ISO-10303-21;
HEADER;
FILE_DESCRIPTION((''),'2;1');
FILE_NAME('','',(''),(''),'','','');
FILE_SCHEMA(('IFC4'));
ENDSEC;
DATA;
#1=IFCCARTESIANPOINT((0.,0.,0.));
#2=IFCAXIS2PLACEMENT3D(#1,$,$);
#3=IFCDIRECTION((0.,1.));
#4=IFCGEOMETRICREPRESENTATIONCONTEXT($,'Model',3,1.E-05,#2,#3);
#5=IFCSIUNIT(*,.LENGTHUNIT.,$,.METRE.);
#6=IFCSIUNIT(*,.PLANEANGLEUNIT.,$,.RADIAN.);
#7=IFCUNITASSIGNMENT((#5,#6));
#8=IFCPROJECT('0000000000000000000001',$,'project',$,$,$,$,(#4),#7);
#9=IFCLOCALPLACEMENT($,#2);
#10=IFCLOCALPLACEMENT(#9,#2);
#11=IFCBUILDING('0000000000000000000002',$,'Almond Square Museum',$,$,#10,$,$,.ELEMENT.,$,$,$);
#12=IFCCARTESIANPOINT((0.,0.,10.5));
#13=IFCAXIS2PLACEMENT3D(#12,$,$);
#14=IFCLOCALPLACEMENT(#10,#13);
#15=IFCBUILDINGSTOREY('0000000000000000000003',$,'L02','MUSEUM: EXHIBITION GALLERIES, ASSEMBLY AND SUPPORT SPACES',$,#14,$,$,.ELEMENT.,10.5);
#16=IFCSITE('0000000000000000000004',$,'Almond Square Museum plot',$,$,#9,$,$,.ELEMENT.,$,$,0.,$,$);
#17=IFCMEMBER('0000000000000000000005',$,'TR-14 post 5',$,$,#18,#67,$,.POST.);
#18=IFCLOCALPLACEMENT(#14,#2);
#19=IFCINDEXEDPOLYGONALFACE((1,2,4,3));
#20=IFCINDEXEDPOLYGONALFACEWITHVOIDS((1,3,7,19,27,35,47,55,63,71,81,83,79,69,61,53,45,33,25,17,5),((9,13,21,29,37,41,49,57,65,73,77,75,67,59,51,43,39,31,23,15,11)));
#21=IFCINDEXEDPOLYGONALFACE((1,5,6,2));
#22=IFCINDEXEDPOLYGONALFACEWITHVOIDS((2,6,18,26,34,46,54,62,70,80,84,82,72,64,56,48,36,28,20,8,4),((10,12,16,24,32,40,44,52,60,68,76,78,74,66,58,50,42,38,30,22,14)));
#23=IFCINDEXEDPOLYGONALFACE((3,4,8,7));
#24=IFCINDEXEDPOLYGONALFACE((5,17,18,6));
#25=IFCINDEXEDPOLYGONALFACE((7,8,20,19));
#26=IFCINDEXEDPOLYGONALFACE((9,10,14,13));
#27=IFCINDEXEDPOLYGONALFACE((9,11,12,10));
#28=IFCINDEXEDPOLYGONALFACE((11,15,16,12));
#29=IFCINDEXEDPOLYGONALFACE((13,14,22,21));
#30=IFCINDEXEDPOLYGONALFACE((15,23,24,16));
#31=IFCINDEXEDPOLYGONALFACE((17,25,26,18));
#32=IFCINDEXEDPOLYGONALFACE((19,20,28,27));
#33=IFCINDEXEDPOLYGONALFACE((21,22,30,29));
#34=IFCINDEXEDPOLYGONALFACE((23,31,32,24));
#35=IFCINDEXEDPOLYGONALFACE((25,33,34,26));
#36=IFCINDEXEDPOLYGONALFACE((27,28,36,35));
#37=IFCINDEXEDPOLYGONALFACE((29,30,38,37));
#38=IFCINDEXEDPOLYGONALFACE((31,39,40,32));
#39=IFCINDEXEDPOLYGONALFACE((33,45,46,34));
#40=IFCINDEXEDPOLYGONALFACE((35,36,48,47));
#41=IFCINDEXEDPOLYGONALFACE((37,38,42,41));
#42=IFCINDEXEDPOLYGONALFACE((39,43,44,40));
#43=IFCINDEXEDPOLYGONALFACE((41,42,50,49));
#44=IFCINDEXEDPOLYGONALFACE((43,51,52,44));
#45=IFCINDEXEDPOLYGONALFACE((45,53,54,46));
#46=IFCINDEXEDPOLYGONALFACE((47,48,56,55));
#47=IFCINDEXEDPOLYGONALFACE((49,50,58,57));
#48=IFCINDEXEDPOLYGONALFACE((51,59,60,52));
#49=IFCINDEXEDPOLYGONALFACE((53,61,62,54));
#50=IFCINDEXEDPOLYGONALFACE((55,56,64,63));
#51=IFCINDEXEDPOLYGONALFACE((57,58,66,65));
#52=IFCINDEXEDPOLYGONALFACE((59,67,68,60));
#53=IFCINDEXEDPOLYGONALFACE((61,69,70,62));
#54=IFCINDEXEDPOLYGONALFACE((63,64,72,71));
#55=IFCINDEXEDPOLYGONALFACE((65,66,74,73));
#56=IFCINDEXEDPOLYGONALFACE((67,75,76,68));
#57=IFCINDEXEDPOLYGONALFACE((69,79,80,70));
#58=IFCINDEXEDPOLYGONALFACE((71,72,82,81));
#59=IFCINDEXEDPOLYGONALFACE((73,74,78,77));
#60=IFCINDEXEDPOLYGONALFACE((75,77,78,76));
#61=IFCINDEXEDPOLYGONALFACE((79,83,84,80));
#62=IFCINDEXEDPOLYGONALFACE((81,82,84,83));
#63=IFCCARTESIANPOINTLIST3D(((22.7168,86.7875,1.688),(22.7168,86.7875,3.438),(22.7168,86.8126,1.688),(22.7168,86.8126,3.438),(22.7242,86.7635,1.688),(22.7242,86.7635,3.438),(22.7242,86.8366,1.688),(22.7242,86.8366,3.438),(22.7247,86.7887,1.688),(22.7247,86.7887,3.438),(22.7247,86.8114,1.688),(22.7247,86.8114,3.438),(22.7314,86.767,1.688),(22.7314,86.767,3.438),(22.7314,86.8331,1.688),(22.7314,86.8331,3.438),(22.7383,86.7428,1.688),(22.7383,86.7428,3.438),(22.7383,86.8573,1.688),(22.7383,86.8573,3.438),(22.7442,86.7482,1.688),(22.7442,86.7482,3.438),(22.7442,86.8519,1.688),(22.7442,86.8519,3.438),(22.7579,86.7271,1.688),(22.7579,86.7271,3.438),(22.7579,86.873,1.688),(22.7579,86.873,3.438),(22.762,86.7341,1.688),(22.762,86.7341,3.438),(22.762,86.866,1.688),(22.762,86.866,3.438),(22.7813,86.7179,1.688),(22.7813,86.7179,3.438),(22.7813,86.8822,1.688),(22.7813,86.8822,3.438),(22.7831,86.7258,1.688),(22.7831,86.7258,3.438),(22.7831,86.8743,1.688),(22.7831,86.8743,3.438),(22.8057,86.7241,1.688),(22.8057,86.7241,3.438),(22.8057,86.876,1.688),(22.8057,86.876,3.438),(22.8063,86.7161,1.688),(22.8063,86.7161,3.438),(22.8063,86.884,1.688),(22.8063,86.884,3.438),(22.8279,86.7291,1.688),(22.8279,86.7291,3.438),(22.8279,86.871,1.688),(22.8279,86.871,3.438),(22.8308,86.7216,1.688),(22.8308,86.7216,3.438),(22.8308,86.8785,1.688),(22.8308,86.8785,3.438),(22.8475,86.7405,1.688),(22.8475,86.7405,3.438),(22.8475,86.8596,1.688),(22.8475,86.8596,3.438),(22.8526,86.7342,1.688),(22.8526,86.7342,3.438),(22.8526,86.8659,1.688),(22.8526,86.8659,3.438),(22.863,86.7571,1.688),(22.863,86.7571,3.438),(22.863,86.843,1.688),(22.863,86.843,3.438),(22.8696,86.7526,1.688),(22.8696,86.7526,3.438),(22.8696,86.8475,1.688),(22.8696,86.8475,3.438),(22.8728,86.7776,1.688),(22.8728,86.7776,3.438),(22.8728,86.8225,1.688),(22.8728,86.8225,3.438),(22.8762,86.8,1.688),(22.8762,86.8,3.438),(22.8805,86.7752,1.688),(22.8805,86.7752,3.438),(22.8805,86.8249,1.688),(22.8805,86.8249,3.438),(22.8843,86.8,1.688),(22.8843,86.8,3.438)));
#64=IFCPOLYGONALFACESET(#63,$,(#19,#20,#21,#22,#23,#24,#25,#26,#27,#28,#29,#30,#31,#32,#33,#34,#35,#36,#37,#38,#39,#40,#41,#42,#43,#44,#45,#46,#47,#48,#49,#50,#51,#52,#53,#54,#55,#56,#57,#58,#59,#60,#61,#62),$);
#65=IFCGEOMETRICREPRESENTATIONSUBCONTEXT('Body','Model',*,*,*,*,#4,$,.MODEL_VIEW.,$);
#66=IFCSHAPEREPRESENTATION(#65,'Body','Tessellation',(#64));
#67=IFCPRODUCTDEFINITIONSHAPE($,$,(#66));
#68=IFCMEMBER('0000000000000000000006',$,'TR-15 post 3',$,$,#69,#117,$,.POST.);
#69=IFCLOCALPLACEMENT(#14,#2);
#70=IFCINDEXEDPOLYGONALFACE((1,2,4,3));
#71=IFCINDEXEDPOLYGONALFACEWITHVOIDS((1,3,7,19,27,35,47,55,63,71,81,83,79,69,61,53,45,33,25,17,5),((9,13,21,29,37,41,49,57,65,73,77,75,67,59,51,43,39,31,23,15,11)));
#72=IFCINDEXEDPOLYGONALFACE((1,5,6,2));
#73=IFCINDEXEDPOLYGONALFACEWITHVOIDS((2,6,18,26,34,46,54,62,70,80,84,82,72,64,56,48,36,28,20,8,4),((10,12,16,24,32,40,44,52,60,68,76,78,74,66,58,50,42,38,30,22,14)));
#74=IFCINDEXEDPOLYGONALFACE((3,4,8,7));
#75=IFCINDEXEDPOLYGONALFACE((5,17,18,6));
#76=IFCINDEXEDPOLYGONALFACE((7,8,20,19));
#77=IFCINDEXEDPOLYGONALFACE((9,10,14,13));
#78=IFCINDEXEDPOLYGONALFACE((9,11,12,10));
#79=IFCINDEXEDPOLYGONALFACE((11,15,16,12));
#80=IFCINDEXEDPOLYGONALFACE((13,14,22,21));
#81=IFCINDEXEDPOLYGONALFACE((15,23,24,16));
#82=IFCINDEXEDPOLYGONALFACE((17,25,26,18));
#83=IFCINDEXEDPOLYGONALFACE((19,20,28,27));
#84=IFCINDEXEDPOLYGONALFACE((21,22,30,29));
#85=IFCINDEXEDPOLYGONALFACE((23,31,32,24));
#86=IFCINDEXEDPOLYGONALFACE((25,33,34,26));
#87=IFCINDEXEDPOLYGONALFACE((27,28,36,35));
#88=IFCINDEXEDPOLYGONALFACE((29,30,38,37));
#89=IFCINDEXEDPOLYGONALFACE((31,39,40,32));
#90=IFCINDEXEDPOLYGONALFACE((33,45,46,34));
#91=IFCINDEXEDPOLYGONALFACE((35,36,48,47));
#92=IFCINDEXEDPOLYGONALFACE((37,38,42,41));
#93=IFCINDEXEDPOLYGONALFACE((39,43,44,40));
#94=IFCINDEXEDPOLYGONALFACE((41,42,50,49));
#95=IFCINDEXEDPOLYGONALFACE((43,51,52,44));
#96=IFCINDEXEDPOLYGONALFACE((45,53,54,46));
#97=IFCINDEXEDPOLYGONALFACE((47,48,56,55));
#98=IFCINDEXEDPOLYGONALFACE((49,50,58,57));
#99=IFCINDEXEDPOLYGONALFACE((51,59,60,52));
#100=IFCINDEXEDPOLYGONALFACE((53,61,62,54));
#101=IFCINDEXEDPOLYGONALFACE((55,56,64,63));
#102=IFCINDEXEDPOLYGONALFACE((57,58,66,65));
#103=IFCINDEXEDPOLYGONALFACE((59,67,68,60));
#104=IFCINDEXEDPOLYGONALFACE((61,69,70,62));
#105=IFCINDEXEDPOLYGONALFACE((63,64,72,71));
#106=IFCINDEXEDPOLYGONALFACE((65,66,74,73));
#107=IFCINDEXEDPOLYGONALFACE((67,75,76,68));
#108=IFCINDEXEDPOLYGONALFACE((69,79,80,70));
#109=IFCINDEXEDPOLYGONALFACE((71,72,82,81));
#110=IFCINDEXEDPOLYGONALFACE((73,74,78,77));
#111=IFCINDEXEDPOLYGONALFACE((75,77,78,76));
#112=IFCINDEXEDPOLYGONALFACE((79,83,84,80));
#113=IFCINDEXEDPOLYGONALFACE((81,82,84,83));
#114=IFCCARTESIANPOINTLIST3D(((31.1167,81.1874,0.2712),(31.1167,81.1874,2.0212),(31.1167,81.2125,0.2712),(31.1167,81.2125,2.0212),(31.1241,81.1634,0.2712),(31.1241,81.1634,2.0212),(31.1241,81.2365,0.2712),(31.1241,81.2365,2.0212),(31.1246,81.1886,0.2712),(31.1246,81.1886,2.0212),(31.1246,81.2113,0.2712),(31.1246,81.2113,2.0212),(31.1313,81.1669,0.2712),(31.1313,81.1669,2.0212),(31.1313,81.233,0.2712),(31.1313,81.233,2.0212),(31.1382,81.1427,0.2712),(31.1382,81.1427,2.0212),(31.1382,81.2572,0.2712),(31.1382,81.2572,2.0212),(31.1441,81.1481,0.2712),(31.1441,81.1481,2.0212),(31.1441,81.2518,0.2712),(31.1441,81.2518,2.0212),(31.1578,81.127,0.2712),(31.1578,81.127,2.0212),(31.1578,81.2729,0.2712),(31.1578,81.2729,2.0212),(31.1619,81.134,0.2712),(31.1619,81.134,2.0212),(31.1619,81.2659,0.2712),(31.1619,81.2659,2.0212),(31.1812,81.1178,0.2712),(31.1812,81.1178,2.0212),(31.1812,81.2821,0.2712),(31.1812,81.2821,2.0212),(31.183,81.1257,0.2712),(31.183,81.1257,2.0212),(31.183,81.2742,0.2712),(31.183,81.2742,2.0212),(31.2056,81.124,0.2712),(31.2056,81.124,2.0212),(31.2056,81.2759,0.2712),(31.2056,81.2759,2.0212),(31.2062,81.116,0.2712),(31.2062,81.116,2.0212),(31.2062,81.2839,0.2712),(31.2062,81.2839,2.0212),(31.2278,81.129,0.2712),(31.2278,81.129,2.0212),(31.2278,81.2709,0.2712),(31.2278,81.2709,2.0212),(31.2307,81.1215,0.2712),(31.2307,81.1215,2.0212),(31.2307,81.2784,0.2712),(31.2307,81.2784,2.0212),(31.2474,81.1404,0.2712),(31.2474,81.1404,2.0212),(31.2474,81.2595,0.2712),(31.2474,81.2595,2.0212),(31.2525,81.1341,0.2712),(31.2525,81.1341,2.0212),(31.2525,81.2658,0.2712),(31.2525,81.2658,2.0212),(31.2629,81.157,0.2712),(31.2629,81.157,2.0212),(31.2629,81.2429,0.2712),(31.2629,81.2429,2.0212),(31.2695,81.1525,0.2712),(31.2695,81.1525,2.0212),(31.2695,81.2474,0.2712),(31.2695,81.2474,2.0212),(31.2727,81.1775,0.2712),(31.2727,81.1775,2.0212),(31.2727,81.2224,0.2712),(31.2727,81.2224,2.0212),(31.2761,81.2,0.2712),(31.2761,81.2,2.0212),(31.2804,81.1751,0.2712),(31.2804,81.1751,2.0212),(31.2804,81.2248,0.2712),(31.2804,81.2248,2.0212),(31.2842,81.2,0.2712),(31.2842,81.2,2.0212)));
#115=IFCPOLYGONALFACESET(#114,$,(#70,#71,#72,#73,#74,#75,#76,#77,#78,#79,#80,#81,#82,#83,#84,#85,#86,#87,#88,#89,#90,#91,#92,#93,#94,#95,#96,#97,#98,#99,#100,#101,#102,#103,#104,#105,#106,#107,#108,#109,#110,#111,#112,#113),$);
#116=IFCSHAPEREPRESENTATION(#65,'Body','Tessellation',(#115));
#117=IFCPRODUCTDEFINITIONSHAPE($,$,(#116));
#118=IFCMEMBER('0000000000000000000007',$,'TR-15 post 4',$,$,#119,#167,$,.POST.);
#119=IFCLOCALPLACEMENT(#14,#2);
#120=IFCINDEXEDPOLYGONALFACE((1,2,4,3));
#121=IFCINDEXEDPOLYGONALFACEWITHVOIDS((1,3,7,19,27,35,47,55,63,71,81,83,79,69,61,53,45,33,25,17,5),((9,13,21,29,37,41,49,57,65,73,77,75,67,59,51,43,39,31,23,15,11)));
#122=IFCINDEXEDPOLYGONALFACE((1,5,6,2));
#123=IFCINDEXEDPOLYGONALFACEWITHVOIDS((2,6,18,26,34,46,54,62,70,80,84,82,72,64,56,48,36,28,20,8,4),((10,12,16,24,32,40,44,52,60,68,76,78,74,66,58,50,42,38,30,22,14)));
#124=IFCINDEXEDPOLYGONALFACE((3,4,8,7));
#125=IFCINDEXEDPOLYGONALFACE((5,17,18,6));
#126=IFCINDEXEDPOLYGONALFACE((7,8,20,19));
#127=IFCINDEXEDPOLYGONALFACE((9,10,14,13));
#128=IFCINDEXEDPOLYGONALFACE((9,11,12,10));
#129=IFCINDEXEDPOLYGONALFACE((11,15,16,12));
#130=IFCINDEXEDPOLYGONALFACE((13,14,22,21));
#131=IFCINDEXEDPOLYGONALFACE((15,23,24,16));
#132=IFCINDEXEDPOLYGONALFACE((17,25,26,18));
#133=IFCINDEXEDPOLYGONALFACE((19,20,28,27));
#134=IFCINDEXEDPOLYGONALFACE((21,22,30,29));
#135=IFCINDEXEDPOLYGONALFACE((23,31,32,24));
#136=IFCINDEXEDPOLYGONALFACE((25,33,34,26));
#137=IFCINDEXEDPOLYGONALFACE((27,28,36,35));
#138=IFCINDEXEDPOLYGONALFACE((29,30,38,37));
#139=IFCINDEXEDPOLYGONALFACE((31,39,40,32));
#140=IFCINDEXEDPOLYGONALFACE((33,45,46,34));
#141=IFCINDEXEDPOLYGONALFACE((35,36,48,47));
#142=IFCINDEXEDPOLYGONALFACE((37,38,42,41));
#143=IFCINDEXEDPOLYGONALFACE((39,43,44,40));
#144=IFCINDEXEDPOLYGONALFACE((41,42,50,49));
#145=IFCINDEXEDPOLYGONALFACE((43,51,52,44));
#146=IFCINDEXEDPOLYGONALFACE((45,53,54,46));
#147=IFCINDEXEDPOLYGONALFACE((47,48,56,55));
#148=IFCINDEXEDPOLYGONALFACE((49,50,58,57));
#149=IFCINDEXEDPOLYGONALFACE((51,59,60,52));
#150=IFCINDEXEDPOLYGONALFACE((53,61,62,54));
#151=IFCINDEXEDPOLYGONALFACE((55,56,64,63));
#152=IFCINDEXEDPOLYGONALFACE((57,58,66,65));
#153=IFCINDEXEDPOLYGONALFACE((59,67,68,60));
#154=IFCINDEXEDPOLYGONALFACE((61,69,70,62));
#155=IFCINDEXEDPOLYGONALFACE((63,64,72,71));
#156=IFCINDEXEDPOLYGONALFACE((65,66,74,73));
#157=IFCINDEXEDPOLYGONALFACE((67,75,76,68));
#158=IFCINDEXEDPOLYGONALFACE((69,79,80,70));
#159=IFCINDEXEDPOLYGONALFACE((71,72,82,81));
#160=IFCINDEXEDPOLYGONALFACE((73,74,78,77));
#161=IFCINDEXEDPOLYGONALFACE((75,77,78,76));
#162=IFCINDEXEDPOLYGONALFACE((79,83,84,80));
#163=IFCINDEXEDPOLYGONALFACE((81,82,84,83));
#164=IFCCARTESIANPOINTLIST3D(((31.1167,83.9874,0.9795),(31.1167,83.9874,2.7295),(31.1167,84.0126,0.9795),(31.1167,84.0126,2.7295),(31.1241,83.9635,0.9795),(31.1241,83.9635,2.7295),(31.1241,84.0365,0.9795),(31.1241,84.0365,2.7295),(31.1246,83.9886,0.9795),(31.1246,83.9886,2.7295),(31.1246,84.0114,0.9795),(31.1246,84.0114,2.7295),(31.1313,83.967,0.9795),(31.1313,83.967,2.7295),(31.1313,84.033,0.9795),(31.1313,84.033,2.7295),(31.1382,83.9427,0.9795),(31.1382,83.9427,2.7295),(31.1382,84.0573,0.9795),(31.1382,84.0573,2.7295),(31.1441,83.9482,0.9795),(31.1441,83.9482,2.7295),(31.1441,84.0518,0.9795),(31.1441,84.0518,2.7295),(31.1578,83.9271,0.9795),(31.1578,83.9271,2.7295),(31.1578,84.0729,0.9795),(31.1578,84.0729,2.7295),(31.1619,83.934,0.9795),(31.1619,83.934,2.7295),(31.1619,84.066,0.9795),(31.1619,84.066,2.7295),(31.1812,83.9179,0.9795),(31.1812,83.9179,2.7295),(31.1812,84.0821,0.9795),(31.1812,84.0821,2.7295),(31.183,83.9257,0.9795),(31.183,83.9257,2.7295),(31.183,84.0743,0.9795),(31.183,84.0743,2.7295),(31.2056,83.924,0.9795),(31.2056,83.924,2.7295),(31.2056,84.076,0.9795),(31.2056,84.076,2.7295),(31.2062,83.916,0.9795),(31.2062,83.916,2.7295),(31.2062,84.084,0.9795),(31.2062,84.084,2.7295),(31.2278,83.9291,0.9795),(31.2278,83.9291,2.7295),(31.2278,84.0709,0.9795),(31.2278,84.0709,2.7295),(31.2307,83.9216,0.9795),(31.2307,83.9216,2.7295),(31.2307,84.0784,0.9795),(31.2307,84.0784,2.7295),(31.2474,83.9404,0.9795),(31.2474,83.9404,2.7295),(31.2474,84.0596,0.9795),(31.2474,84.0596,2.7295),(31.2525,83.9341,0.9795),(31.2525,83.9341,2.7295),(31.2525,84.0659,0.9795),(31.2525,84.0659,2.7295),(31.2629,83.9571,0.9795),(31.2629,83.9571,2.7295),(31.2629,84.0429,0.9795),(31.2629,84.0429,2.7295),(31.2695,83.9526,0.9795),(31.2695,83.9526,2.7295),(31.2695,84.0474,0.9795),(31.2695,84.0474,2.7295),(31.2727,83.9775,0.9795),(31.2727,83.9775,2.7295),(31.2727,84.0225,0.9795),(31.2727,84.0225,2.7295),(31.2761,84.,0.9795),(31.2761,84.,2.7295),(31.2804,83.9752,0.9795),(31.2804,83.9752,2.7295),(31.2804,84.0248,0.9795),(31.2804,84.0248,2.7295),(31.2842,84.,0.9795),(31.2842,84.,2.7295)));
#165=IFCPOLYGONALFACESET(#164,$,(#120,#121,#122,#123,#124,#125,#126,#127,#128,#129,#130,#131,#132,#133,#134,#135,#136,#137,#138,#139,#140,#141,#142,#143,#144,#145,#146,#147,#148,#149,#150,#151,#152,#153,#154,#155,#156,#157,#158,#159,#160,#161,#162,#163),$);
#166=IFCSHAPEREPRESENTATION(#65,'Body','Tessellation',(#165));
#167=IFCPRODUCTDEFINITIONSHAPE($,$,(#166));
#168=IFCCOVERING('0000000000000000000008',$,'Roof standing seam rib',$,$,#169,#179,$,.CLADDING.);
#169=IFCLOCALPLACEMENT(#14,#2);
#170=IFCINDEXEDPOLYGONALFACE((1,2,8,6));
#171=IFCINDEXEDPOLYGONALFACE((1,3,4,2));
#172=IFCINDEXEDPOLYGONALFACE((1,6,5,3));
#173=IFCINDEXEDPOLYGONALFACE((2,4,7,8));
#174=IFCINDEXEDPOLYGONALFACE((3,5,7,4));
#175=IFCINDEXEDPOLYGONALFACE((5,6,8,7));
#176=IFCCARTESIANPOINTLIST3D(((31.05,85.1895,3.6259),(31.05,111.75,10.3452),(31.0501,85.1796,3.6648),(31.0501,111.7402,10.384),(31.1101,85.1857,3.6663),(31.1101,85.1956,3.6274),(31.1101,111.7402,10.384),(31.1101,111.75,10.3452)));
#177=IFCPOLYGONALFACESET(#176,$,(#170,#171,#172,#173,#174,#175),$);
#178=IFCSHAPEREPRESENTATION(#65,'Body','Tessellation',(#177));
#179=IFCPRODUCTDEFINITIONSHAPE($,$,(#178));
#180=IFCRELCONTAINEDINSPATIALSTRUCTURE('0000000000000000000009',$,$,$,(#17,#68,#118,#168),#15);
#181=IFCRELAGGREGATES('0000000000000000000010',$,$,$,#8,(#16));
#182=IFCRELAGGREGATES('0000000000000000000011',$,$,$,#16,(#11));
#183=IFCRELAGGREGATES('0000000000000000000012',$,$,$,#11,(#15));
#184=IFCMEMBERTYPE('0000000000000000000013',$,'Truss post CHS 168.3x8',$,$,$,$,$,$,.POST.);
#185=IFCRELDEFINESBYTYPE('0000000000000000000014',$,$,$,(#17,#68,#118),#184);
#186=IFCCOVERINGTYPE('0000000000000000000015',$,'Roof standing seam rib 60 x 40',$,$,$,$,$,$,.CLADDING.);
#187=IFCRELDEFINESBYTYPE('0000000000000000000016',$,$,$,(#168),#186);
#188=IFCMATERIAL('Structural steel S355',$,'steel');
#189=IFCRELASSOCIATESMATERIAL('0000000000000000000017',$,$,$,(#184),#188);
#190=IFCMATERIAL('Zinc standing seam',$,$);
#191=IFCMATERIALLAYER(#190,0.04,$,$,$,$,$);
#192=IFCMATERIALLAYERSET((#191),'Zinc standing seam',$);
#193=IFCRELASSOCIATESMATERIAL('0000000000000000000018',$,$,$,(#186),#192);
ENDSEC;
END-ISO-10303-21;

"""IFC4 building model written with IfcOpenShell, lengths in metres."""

from ifc_helpers import new_model, si_unit, direction, frame, origin, origin_2d, place, context, subcontext, project, spatial, polyline, hollow_circle, outline, extrude, material, layer, layer_set, material_profile, profile_set, type_object, element, save


model = new_model("IFC4")

# Units and contexts
model_context = context("Model", 3, precision=1e-05, world=origin(), true_north=direction((0.0, 1.0)))
body_context = subcontext(model_context, "Body", "Model", "MODEL_VIEW")
ifc_project = project(units=[si_unit("LENGTHUNIT", "METRE"), si_unit("PLANEANGLEUNIT", "RADIAN")], contexts=[model_context])

# Site, building, storey
site_placement = place(None, origin())
site = spatial("IfcSite", under=ifc_project, at=site_placement, Name="Almond Square Museum plot", CompositionType="ELEMENT", RefElevation=0.0)
building_placement = place(site_placement, origin())
building = spatial("IfcBuilding", under=site, at=building_placement, Name="Almond Square Museum", CompositionType="ELEMENT")
storey_placement = place(building_placement, frame((0.0, 0.0, 10.5)))
storey = spatial("IfcBuildingStorey", under=building, at=storey_placement, Name="L02", Description="MUSEUM: EXHIBITION GALLERIES, ASSEMBLY AND SUPPORT SPACES", CompositionType="ELEMENT", Elevation=10.5)

# Members
ifc_material_1 = material(Name="Structural steel S355", Category="steel")
ifc_material_profile_1 = material_profile(ifc_material_1, hollow_circle(Radius=0.0842, WallThickness=0.0081, at=origin_2d()))
ifc_profile_set_1 = profile_set([ifc_material_profile_1], Name="Structural steel S355")
member_type_1 = type_object("IfcMemberType", Name="Truss post CHS 168.3x8", PredefinedType="POST", material=ifc_profile_set_1)
for number, where, z_axis, x_axis, name in (
    (1, (22.8, 86.8, 1.688), (0.0, 0.0, 1.0), (1.0, 0.0, 0.0), "TR-14 post 5"),
    (2, (31.2, 81.2, 0.2712), (0.0, 0.0, 1.0), (1.0, 0.0, 0.0), "TR-15 post 3"),
    (3, (31.2, 84.0, 0.9795), (0.0, 0.0, 1.0), (1.0, 0.0, 0.0), "TR-15 post 4"),
):
    element("IfcMember", number, at=place(storey_placement, frame(where, z_axis=z_axis, x_axis=x_axis)), inside=storey, type_object=member_type_1, Name=name, PredefinedType="POST", context=body_context, shape_type="SweptSolid", body=[
        extrude(hollow_circle(Radius=0.0842, WallThickness=0.0081, at=origin_2d()), origin(), (0.0, 0.0, 1.0), 1.75),
    ])

# Covering
ifc_material_2 = material(Name="Zinc standing seam")
ifc_layer = layer(ifc_material_2, 0.04)
ifc_layer_set = layer_set([ifc_layer], Name="Zinc standing seam")
covering_type = type_object("IfcCoveringType", Name="Roof standing seam rib 60 x 40", PredefinedType="CLADDING", material=ifc_layer_set)
covering_1_placement = place(storey_placement, frame((31.1101, 85.1956, 3.6274), z_axis=(0.000639, -0.245253, 0.969459), x_axis=(0.0, 0.969459, 0.245253)))
element("IfcCovering", 4, at=covering_1_placement, inside=storey, type_object=covering_type, Name="Roof standing seam rib", PredefinedType="CLADDING", context=body_context, shape_type="SweptSolid", body=[
    extrude(outline(polyline([(0.0, 0.0), (27.391, 0.0), (27.391, 0.0601), (-0.0063, 0.0601), (0.0, 0.0)])), origin(), (0.0, 0.0, 1.0), 0.04),
])

save(model, "model.ifc")
